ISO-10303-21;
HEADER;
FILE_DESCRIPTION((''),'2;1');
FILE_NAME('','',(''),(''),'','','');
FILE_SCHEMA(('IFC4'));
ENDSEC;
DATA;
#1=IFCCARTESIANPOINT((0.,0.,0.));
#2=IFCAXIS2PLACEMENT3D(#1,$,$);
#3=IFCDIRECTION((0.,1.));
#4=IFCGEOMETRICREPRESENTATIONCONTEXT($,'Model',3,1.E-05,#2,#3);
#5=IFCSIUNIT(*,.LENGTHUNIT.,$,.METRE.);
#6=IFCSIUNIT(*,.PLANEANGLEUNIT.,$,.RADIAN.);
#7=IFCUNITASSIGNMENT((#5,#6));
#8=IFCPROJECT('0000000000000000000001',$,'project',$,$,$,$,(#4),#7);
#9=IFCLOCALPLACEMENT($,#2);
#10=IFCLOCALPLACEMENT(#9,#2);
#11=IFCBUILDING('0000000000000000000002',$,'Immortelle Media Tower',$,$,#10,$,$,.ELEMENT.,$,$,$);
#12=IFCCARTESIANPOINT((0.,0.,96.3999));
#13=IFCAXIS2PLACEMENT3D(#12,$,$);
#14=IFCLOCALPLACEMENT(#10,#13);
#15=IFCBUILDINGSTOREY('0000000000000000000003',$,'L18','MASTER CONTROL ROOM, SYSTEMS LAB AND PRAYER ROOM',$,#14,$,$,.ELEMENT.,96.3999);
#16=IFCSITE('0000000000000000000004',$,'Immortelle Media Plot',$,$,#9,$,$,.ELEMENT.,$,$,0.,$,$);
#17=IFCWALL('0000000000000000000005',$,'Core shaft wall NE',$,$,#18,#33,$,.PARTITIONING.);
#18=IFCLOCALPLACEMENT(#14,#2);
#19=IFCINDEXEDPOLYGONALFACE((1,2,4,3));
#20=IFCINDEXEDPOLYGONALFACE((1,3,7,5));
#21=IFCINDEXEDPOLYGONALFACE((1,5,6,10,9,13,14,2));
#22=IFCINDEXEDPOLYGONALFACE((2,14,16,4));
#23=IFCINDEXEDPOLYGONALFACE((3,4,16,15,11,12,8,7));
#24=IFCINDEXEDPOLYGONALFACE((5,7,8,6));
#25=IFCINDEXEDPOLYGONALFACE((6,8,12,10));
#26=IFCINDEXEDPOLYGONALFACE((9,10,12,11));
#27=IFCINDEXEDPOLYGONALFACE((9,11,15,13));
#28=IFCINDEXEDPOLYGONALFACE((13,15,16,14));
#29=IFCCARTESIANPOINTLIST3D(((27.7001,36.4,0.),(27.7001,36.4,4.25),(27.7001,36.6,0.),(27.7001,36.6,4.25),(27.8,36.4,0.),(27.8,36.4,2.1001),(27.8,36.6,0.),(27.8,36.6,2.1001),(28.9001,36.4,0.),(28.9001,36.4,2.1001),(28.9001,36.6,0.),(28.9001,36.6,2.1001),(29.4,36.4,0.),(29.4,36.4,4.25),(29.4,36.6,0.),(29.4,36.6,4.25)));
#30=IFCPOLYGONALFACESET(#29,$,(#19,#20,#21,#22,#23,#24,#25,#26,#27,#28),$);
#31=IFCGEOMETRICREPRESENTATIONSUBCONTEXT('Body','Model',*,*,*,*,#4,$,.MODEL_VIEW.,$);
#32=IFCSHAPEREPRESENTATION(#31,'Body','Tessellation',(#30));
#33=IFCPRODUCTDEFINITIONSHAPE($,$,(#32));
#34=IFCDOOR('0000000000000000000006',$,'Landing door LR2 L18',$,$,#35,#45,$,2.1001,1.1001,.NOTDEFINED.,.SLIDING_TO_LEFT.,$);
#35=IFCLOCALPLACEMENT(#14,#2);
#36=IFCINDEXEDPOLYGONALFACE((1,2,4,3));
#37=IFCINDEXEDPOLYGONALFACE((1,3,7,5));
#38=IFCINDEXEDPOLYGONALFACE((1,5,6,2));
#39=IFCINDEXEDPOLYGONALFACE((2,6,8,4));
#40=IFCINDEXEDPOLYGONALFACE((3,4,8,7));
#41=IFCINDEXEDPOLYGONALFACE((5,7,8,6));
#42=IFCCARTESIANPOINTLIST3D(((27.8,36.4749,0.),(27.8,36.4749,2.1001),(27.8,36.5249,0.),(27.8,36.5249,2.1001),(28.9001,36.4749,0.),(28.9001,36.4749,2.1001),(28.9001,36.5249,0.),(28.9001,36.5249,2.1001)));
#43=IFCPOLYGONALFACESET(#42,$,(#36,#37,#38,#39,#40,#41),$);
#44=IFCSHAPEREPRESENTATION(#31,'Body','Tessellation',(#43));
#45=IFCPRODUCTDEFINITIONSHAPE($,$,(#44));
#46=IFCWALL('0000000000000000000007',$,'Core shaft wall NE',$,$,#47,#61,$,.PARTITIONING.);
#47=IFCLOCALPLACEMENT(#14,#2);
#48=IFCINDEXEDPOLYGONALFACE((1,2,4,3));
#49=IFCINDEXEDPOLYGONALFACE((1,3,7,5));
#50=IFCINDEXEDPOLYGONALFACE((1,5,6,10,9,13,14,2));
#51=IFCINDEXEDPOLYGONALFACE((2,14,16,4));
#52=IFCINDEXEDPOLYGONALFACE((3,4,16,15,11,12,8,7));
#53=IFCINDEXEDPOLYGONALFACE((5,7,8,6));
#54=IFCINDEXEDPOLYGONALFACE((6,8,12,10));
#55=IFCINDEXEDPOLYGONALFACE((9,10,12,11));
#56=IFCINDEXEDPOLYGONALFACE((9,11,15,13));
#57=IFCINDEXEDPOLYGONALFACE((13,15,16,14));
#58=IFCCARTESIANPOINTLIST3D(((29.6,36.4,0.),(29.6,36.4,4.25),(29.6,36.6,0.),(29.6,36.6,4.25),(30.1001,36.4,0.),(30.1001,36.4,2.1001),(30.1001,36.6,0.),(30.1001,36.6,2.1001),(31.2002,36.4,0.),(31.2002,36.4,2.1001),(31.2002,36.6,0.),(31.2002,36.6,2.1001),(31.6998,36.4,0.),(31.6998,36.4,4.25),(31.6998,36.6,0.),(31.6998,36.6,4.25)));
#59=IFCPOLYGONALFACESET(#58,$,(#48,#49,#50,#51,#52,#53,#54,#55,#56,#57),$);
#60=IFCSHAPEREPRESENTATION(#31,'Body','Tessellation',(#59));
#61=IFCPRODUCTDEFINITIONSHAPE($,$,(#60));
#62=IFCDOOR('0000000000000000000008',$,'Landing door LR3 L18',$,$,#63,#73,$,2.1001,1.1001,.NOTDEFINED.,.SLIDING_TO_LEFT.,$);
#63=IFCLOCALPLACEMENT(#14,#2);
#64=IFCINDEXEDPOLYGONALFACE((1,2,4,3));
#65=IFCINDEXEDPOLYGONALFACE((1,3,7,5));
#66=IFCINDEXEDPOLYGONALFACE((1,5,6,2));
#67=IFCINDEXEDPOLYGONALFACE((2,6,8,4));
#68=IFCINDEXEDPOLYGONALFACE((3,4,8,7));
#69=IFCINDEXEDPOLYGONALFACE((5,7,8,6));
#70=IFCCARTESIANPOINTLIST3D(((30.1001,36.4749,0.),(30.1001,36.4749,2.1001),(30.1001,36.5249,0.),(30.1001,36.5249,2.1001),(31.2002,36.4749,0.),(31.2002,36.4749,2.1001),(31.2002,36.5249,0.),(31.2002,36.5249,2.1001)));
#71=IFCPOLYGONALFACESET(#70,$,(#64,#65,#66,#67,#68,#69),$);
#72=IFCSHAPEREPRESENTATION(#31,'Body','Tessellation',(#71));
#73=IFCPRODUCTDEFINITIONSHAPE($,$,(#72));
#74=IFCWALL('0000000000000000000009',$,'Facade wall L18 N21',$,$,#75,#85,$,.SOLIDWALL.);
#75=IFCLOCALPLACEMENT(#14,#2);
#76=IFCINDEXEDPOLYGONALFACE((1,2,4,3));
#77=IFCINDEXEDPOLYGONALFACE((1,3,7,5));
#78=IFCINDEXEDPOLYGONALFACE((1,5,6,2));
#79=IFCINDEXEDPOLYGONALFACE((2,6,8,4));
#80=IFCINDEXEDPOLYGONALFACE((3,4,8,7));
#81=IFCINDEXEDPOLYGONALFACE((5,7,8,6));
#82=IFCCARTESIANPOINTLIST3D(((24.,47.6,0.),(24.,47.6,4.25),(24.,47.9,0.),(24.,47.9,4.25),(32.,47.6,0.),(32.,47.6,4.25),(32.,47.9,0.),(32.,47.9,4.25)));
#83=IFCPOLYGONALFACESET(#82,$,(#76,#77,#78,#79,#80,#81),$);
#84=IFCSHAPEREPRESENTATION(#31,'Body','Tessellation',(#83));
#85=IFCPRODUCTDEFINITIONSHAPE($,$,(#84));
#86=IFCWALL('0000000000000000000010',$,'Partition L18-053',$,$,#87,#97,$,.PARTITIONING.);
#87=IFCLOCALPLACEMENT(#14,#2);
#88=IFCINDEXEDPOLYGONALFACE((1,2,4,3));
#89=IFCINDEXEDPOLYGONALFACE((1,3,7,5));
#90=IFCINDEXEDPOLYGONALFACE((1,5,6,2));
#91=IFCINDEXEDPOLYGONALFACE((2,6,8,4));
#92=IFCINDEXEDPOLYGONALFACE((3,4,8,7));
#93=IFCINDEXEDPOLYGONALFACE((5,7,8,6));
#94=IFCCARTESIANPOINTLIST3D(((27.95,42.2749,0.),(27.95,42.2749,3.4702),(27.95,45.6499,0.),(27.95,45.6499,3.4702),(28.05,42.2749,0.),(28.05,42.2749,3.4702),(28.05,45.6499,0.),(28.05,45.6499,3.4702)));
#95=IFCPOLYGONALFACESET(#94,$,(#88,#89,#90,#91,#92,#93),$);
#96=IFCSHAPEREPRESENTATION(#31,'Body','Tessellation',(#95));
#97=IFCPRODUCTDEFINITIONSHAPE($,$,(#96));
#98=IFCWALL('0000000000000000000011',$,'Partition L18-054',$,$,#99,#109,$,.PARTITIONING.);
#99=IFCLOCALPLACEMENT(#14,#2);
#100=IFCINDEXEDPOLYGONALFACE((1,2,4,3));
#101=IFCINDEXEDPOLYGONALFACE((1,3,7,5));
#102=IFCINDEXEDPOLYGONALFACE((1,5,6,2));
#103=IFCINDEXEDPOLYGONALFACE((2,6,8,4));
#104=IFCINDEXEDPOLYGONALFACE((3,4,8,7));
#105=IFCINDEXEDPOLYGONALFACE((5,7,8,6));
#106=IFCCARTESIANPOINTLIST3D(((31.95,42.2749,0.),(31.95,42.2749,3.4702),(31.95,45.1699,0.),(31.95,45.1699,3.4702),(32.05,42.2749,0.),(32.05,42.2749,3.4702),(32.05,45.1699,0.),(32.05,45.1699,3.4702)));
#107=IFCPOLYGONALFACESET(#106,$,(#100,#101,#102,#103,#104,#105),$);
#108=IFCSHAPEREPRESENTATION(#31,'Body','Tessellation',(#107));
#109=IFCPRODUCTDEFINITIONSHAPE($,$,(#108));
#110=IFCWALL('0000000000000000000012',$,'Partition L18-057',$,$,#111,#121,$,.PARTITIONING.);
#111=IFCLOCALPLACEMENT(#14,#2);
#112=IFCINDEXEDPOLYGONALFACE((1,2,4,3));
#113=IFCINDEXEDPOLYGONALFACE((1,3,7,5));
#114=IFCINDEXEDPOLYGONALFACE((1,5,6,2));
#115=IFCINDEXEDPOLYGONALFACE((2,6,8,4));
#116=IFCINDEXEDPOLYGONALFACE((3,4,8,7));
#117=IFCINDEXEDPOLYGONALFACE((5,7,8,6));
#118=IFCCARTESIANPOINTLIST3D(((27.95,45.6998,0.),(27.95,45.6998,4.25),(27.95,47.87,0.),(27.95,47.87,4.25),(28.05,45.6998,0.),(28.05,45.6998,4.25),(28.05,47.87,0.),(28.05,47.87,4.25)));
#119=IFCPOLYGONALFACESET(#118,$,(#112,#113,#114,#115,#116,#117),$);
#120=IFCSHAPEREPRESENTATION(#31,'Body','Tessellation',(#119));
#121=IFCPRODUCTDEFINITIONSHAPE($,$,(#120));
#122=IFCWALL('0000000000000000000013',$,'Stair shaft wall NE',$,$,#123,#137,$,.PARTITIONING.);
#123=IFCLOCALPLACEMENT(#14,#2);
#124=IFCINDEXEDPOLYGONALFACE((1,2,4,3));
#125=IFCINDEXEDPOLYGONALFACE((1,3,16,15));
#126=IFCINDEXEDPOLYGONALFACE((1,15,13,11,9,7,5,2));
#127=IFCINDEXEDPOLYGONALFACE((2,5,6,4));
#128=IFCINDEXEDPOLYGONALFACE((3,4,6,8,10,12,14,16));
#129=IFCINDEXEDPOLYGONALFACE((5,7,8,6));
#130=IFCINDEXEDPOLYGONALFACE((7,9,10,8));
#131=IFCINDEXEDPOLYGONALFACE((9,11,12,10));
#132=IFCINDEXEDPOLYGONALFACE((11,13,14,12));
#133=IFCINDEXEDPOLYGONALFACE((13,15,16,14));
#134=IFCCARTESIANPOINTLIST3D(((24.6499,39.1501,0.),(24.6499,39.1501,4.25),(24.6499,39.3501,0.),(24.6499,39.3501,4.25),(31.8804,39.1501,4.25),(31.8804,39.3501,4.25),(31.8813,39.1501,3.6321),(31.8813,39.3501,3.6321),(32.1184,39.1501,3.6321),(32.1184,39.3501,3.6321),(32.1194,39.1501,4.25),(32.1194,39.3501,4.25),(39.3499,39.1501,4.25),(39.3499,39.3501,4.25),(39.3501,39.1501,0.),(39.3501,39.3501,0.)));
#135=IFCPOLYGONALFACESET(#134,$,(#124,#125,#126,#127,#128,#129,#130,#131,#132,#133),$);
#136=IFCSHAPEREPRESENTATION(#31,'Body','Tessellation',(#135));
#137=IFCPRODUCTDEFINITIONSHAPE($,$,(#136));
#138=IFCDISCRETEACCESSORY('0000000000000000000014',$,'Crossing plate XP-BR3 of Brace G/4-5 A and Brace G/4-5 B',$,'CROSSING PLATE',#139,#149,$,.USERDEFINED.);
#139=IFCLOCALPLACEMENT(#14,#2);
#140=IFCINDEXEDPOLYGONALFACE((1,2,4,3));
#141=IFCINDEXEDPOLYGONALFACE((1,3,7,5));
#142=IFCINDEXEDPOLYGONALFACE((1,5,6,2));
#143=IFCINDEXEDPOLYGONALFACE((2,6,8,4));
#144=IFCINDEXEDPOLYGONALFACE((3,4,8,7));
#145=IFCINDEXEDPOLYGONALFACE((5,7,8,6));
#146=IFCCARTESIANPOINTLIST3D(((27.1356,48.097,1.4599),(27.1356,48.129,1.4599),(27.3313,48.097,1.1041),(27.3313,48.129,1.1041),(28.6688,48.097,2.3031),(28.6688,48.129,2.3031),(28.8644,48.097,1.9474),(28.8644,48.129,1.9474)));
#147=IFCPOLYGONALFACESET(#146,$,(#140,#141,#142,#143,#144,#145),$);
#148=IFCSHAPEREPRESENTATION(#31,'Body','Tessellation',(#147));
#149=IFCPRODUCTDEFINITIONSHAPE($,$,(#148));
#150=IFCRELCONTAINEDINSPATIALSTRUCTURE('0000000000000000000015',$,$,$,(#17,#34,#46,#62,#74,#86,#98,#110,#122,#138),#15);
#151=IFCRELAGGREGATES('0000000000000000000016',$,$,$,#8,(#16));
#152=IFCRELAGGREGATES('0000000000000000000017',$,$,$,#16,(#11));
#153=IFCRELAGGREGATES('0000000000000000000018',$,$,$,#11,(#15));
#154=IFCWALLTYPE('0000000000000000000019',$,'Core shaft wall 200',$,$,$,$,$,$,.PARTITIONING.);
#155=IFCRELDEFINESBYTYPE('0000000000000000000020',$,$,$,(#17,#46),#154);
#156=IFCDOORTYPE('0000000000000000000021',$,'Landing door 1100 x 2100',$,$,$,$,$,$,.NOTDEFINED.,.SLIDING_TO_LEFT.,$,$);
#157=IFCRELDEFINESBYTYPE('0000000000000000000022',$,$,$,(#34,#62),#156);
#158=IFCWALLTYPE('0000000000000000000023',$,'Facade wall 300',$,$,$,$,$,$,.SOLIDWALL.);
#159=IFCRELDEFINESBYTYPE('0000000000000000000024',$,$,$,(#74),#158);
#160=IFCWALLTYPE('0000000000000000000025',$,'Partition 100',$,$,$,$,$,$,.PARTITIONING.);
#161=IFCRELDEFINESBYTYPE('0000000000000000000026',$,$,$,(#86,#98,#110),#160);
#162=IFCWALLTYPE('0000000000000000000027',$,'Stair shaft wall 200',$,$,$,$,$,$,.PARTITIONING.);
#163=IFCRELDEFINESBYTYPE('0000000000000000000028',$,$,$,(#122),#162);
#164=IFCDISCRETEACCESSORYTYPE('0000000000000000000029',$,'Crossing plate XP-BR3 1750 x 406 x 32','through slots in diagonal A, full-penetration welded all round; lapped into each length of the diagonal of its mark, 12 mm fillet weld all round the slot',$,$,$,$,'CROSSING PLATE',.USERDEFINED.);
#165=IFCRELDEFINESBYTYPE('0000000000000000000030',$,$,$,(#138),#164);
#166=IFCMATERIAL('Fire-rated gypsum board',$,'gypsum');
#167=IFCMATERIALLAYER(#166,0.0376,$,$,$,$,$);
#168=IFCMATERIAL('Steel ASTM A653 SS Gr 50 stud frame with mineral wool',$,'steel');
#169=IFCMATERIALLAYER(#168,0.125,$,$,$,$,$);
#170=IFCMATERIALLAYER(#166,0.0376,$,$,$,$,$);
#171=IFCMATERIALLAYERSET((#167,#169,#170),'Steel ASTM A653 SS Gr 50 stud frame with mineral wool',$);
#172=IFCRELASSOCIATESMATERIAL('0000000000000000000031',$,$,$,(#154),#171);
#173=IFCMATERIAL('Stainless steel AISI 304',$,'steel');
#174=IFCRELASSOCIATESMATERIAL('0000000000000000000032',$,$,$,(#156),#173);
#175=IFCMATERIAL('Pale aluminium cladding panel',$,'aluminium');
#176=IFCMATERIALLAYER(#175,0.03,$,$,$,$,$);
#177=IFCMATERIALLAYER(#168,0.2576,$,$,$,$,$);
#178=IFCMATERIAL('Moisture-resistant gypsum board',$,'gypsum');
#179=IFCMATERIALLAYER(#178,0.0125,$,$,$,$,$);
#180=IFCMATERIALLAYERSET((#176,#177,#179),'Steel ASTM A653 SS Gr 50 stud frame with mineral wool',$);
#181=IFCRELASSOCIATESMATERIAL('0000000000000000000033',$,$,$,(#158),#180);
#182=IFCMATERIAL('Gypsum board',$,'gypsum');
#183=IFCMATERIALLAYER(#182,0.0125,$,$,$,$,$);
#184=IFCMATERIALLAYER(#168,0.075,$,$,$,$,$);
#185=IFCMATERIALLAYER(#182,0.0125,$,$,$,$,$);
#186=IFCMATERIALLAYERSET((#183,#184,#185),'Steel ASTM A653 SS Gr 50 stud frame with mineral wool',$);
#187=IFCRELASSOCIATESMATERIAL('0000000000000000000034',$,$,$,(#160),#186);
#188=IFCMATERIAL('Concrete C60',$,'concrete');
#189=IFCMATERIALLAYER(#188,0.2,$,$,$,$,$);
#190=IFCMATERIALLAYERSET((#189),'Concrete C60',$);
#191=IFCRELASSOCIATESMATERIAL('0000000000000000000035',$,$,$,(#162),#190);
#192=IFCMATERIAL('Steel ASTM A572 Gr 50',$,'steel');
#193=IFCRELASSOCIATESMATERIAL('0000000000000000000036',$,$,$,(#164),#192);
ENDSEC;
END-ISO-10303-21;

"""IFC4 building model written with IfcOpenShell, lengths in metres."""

from ifc_helpers import new_model, si_unit, direction, frame, frame_2d, origin, origin_2d, place, context, subcontext, project, spatial, polyline, rectangle, outline, extrude, material, layer, layer_set, material_profile, profile_set, type_object, element, fill, save


model = new_model("IFC4")

# Units and contexts
model_context = context("Model", 3, precision=1e-05, world=origin(), true_north=direction((0.0, 1.0)))
body_context = subcontext(model_context, "Body", "Model", "MODEL_VIEW")
ifc_project = project(units=[si_unit("LENGTHUNIT", "METRE"), si_unit("PLANEANGLEUNIT", "RADIAN")], contexts=[model_context])

# Site, building, storey
site_placement = place(None, origin())
site = spatial("IfcSite", under=ifc_project, at=site_placement, Name="Immortelle Media Plot", CompositionType="ELEMENT", RefElevation=0.0)
building_placement = place(site_placement, origin())
building = spatial("IfcBuilding", under=site, at=building_placement, Name="Immortelle Media Tower", CompositionType="ELEMENT")
storey_placement = place(building_placement, frame((0.0, 0.0, 96.3999)))
storey = spatial("IfcBuildingStorey", under=building, at=storey_placement, Name="L18", Description="MASTER CONTROL ROOM, SYSTEMS LAB AND PRAYER ROOM", CompositionType="ELEMENT", Elevation=96.3999)

# Shared definitions
ifc_material_1 = material(Name="Fire-rated gypsum board", Category="gypsum")
ifc_layer_1 = layer(ifc_material_1, 0.0376)
ifc_material_2 = material(Name="Steel ASTM A653 SS Gr 50 stud frame with mineral wool", Category="steel")
ifc_layer_2 = layer(ifc_material_2, 0.125)
ifc_layer_3 = layer(ifc_material_1, 0.0376)
ifc_layer_set_1 = layer_set([ifc_layer_1, ifc_layer_2, ifc_layer_3], Name="Steel ASTM A653 SS Gr 50 stud frame with mineral wool")
wall_type_1 = type_object("IfcWallType", Name="Core shaft wall 200", PredefinedType="PARTITIONING", material=ifc_layer_set_1)

# Walls, openings, doors
wall_1_placement = place(storey_placement, frame((27.7, 36.5, 0.0), z_axis=(0.0, 0.0, 1.0), x_axis=(1.0, 0.0, 0.0)))
wall_1 = element("IfcWall", 1, at=wall_1_placement, inside=storey, type_object=wall_type_1, Name="Core shaft wall NE", PredefinedType="PARTITIONING", context=body_context, shape_type="SweptSolid", body=[
    extrude(rectangle(XDim=1.7, YDim=0.2, at=frame_2d((0.8501, 0.0))), origin(), (0.0, 0.0, 1.0), 4.25),
])
opening_1_placement = place(wall_1_placement, frame((0.1001, 0.0, 0.0)))
opening_1 = element("IfcOpeningElement", 2, at=opening_1_placement, cuts=wall_1, PredefinedType="OPENING", context=body_context, shape_type="SweptSolid", body=[
    extrude(rectangle(XDim=1.1001, YDim=2.1001, at=frame_2d((0.55, 1.05))), frame((0.0, 0.1099, 0.0), z_axis=(0.0, -1.0, 0.0), x_axis=(1.0, 0.0, 0.0)), (0.0, 0.0, 1.0), 0.22),
])
ifc_material_3 = material(Name="Stainless steel AISI 304", Category="steel")
door_type = type_object("IfcDoorType", Name="Landing door 1100 x 2100", OperationType="SLIDING_TO_LEFT", PredefinedType="NOTDEFINED", material=ifc_material_3)
door_1_placement = place(opening_1_placement, origin())
door_1 = element("IfcDoor", 3, at=door_1_placement, inside=storey, type_object=door_type, Name="Landing door LR2 L18", OperationType="SLIDING_TO_LEFT", OverallHeight=2.1001, OverallWidth=1.1001, PredefinedType="NOTDEFINED", context=body_context, shape_type="SweptSolid", body=[
    extrude(rectangle(XDim=1.1001, YDim=2.1001, at=frame_2d((0.55, 1.05))), frame((0.0, 0.0249, 0.0), z_axis=(0.0, -1.0, 0.0), x_axis=(1.0, 0.0, 0.0)), (0.0, 0.0, 1.0), 0.05),
])
fill(opening_1, door_1)
wall_2_placement = place(storey_placement, frame((29.6001, 36.5, 0.0), z_axis=(0.0, 0.0, 1.0), x_axis=(1.0, 0.0, 0.0)))
wall_2 = element("IfcWall", 4, at=wall_2_placement, inside=storey, type_object=wall_type_1, Name="Core shaft wall NE", PredefinedType="PARTITIONING", context=body_context, shape_type="SweptSolid", body=[
    extrude(rectangle(XDim=2.0999, YDim=0.2, at=frame_2d((1.0498, 0.0))), origin(), (0.0, 0.0, 1.0), 4.25),
])
opening_2_placement = place(wall_2_placement, frame((0.5, 0.0, 0.0)))
opening_2 = element("IfcOpeningElement", 5, at=opening_2_placement, cuts=wall_2, PredefinedType="OPENING", context=body_context, shape_type="SweptSolid", body=[
    extrude(rectangle(XDim=1.1001, YDim=2.1001, at=frame_2d((0.55, 1.05))), frame((0.0, 0.1099, 0.0), z_axis=(0.0, -1.0, 0.0), x_axis=(1.0, 0.0, 0.0)), (0.0, 0.0, 1.0), 0.22),
])
door_2_placement = place(opening_2_placement, origin())
door_2 = element("IfcDoor", 6, at=door_2_placement, inside=storey, type_object=door_type, Name="Landing door LR3 L18", OperationType="SLIDING_TO_LEFT", OverallHeight=2.1001, OverallWidth=1.1001, PredefinedType="NOTDEFINED", context=body_context, shape_type="SweptSolid", body=[
    extrude(rectangle(XDim=1.1001, YDim=2.1001, at=frame_2d((0.55, 1.05))), frame((0.0, 0.0249, 0.0), z_axis=(0.0, -1.0, 0.0), x_axis=(1.0, 0.0, 0.0)), (0.0, 0.0, 1.0), 0.05),
])
fill(opening_2, door_2)

# Walls
ifc_material_4 = material(Name="Pale aluminium cladding panel", Category="aluminium")
ifc_layer_4 = layer(ifc_material_4, 0.03)
ifc_layer_5 = layer(ifc_material_2, 0.2576)
ifc_material_5 = material(Name="Moisture-resistant gypsum board", Category="gypsum")
ifc_layer_6 = layer(ifc_material_5, 0.0125)
ifc_layer_set_2 = layer_set([ifc_layer_4, ifc_layer_5, ifc_layer_6], Name="Steel ASTM A653 SS Gr 50 stud frame with mineral wool")
wall_type_2 = type_object("IfcWallType", Name="Facade wall 300", PredefinedType="SOLIDWALL", material=ifc_layer_set_2)
wall_3_placement = place(storey_placement, frame((32.0, 47.75, 0.0), z_axis=(0.0, 0.0, 1.0), x_axis=(-1.0, 0.0, 0.0)))
element("IfcWall", 7, at=wall_3_placement, inside=storey, type_object=wall_type_2, Name="Facade wall L18 N21", PredefinedType="SOLIDWALL", context=body_context, shape_type="SweptSolid", body=[
    extrude(rectangle(XDim=8.0, YDim=0.3, at=frame_2d((4.0, 0.0))), origin(), (0.0, 0.0, 1.0), 4.25),
])
ifc_material_6 = material(Name="Gypsum board", Category="gypsum")
ifc_layer_7 = layer(ifc_material_6, 0.0125)
ifc_layer_8 = layer(ifc_material_2, 0.075)
ifc_layer_9 = layer(ifc_material_6, 0.0125)
ifc_layer_set_3 = layer_set([ifc_layer_7, ifc_layer_8, ifc_layer_9], Name="Steel ASTM A653 SS Gr 50 stud frame with mineral wool")
wall_type_3 = type_object("IfcWallType", Name="Partition 100", PredefinedType="PARTITIONING", material=ifc_layer_set_3)
wall_4_placement = place(storey_placement, frame((28.0, 42.2749, 0.0), z_axis=(0.0, 0.0, 1.0), x_axis=(0.0, 1.0, 0.0)))
element("IfcWall", 8, at=wall_4_placement, inside=storey, type_object=wall_type_3, Name="Partition L18-053", PredefinedType="PARTITIONING", context=body_context, shape_type="SweptSolid", body=[
    extrude(rectangle(XDim=3.375, YDim=0.1001, at=frame_2d((1.6875, 0.0))), origin(), (0.0, 0.0, 1.0), 3.4702),
])
wall_5_placement = place(storey_placement, frame((32.0, 42.2749, 0.0), z_axis=(0.0, 0.0, 1.0), x_axis=(0.0, 1.0, 0.0)))
element("IfcWall", 9, at=wall_5_placement, inside=storey, type_object=wall_type_3, Name="Partition L18-054", PredefinedType="PARTITIONING", context=body_context, shape_type="SweptSolid", body=[
    extrude(rectangle(XDim=2.895, YDim=0.1001, at=frame_2d((1.4475, 0.0))), origin(), (0.0, 0.0, 1.0), 3.4702),
])
wall_6_placement = place(storey_placement, frame((28.0, 45.7, 0.0), z_axis=(0.0, 0.0, 1.0), x_axis=(0.0, 1.0, 0.0)))
element("IfcWall", 10, at=wall_6_placement, inside=storey, type_object=wall_type_3, Name="Partition L18-057", PredefinedType="PARTITIONING", context=body_context, shape_type="SweptSolid", body=[
    extrude(rectangle(XDim=2.1702, YDim=0.1001, at=frame_2d((1.085, 0.0))), origin(), (0.0, 0.0, 1.0), 4.25),
])
ifc_material_7 = material(Name="Concrete C60", Category="concrete")
ifc_layer_10 = layer(ifc_material_7, 0.2)
ifc_layer_set_4 = layer_set([ifc_layer_10], Name="Concrete C60")
wall_type_4 = type_object("IfcWallType", Name="Stair shaft wall 200", PredefinedType="PARTITIONING", material=ifc_layer_set_4)
wall_7_placement = place(storey_placement, frame((24.6499, 39.25, 0.0), z_axis=(0.0, 0.0, 1.0), x_axis=(1.0, 0.0, 0.0)))
element("IfcWall", 11, at=wall_7_placement, inside=storey, type_object=wall_type_4, Name="Stair shaft wall NE", PredefinedType="PARTITIONING", context=body_context, shape_type="SweptSolid", body=[
    extrude(outline(polyline([(0.0, 0.0), (14.7002, 0.0), (14.7, 4.25), (7.4695, 4.25), (7.4685, 3.6321), (7.2314, 3.6321), (7.2305, 4.25), (0.0, 4.25), (0.0, 0.0)])), frame((0.0, 0.1001, 0.0), z_axis=(0.0, -1.0, 0.0), x_axis=(1.0, 0.0, 0.0)), (0.0, 0.0, 1.0), 0.2),
])

# Discrete accessory
ifc_material_8 = material(Name="Steel ASTM A572 Gr 50", Category="steel")
ifc_material_profile_1 = material_profile(ifc_material_8, rectangle(XDim=0.032, YDim=0.406, at=origin_2d()), Name="PL 32 x 406")
ifc_profile_set_1 = profile_set([ifc_material_profile_1], Name="Steel ASTM A572 Gr 50")
discrete_accessory_type = type_object("IfcDiscreteAccessoryType", Name="Crossing plate XP-BR3 1750 x 406 x 32", Description="through slots in diagonal A, full-penetration welded all round; lapped into each length of the diagonal of its mark, 12 mm fillet weld all round the slot", ElementType="CROSSING PLATE", PredefinedType="USERDEFINED", material=ifc_profile_set_1)
discrete_accessory_placement = place(storey_placement, frame((28.7666, 48.113, 2.1252), z_axis=(-0.876216, 0.0, -0.481919), x_axis=(0.0, -1.0, 0.0)))
element("IfcDiscreteAccessory", 12, at=discrete_accessory_placement, inside=storey, type_object=discrete_accessory_type, Name="Crossing plate XP-BR3 of Brace G/4-5 A and Brace G/4-5 B", ObjectType="CROSSING PLATE", PredefinedType="USERDEFINED", context=body_context, shape_type="SweptSolid", body=[
    extrude(rectangle(XDim=0.032, YDim=0.406, at=origin_2d()), origin(), (0.0, 0.0, 1.0), 1.7498),
])

save(model, "model.ifc")
